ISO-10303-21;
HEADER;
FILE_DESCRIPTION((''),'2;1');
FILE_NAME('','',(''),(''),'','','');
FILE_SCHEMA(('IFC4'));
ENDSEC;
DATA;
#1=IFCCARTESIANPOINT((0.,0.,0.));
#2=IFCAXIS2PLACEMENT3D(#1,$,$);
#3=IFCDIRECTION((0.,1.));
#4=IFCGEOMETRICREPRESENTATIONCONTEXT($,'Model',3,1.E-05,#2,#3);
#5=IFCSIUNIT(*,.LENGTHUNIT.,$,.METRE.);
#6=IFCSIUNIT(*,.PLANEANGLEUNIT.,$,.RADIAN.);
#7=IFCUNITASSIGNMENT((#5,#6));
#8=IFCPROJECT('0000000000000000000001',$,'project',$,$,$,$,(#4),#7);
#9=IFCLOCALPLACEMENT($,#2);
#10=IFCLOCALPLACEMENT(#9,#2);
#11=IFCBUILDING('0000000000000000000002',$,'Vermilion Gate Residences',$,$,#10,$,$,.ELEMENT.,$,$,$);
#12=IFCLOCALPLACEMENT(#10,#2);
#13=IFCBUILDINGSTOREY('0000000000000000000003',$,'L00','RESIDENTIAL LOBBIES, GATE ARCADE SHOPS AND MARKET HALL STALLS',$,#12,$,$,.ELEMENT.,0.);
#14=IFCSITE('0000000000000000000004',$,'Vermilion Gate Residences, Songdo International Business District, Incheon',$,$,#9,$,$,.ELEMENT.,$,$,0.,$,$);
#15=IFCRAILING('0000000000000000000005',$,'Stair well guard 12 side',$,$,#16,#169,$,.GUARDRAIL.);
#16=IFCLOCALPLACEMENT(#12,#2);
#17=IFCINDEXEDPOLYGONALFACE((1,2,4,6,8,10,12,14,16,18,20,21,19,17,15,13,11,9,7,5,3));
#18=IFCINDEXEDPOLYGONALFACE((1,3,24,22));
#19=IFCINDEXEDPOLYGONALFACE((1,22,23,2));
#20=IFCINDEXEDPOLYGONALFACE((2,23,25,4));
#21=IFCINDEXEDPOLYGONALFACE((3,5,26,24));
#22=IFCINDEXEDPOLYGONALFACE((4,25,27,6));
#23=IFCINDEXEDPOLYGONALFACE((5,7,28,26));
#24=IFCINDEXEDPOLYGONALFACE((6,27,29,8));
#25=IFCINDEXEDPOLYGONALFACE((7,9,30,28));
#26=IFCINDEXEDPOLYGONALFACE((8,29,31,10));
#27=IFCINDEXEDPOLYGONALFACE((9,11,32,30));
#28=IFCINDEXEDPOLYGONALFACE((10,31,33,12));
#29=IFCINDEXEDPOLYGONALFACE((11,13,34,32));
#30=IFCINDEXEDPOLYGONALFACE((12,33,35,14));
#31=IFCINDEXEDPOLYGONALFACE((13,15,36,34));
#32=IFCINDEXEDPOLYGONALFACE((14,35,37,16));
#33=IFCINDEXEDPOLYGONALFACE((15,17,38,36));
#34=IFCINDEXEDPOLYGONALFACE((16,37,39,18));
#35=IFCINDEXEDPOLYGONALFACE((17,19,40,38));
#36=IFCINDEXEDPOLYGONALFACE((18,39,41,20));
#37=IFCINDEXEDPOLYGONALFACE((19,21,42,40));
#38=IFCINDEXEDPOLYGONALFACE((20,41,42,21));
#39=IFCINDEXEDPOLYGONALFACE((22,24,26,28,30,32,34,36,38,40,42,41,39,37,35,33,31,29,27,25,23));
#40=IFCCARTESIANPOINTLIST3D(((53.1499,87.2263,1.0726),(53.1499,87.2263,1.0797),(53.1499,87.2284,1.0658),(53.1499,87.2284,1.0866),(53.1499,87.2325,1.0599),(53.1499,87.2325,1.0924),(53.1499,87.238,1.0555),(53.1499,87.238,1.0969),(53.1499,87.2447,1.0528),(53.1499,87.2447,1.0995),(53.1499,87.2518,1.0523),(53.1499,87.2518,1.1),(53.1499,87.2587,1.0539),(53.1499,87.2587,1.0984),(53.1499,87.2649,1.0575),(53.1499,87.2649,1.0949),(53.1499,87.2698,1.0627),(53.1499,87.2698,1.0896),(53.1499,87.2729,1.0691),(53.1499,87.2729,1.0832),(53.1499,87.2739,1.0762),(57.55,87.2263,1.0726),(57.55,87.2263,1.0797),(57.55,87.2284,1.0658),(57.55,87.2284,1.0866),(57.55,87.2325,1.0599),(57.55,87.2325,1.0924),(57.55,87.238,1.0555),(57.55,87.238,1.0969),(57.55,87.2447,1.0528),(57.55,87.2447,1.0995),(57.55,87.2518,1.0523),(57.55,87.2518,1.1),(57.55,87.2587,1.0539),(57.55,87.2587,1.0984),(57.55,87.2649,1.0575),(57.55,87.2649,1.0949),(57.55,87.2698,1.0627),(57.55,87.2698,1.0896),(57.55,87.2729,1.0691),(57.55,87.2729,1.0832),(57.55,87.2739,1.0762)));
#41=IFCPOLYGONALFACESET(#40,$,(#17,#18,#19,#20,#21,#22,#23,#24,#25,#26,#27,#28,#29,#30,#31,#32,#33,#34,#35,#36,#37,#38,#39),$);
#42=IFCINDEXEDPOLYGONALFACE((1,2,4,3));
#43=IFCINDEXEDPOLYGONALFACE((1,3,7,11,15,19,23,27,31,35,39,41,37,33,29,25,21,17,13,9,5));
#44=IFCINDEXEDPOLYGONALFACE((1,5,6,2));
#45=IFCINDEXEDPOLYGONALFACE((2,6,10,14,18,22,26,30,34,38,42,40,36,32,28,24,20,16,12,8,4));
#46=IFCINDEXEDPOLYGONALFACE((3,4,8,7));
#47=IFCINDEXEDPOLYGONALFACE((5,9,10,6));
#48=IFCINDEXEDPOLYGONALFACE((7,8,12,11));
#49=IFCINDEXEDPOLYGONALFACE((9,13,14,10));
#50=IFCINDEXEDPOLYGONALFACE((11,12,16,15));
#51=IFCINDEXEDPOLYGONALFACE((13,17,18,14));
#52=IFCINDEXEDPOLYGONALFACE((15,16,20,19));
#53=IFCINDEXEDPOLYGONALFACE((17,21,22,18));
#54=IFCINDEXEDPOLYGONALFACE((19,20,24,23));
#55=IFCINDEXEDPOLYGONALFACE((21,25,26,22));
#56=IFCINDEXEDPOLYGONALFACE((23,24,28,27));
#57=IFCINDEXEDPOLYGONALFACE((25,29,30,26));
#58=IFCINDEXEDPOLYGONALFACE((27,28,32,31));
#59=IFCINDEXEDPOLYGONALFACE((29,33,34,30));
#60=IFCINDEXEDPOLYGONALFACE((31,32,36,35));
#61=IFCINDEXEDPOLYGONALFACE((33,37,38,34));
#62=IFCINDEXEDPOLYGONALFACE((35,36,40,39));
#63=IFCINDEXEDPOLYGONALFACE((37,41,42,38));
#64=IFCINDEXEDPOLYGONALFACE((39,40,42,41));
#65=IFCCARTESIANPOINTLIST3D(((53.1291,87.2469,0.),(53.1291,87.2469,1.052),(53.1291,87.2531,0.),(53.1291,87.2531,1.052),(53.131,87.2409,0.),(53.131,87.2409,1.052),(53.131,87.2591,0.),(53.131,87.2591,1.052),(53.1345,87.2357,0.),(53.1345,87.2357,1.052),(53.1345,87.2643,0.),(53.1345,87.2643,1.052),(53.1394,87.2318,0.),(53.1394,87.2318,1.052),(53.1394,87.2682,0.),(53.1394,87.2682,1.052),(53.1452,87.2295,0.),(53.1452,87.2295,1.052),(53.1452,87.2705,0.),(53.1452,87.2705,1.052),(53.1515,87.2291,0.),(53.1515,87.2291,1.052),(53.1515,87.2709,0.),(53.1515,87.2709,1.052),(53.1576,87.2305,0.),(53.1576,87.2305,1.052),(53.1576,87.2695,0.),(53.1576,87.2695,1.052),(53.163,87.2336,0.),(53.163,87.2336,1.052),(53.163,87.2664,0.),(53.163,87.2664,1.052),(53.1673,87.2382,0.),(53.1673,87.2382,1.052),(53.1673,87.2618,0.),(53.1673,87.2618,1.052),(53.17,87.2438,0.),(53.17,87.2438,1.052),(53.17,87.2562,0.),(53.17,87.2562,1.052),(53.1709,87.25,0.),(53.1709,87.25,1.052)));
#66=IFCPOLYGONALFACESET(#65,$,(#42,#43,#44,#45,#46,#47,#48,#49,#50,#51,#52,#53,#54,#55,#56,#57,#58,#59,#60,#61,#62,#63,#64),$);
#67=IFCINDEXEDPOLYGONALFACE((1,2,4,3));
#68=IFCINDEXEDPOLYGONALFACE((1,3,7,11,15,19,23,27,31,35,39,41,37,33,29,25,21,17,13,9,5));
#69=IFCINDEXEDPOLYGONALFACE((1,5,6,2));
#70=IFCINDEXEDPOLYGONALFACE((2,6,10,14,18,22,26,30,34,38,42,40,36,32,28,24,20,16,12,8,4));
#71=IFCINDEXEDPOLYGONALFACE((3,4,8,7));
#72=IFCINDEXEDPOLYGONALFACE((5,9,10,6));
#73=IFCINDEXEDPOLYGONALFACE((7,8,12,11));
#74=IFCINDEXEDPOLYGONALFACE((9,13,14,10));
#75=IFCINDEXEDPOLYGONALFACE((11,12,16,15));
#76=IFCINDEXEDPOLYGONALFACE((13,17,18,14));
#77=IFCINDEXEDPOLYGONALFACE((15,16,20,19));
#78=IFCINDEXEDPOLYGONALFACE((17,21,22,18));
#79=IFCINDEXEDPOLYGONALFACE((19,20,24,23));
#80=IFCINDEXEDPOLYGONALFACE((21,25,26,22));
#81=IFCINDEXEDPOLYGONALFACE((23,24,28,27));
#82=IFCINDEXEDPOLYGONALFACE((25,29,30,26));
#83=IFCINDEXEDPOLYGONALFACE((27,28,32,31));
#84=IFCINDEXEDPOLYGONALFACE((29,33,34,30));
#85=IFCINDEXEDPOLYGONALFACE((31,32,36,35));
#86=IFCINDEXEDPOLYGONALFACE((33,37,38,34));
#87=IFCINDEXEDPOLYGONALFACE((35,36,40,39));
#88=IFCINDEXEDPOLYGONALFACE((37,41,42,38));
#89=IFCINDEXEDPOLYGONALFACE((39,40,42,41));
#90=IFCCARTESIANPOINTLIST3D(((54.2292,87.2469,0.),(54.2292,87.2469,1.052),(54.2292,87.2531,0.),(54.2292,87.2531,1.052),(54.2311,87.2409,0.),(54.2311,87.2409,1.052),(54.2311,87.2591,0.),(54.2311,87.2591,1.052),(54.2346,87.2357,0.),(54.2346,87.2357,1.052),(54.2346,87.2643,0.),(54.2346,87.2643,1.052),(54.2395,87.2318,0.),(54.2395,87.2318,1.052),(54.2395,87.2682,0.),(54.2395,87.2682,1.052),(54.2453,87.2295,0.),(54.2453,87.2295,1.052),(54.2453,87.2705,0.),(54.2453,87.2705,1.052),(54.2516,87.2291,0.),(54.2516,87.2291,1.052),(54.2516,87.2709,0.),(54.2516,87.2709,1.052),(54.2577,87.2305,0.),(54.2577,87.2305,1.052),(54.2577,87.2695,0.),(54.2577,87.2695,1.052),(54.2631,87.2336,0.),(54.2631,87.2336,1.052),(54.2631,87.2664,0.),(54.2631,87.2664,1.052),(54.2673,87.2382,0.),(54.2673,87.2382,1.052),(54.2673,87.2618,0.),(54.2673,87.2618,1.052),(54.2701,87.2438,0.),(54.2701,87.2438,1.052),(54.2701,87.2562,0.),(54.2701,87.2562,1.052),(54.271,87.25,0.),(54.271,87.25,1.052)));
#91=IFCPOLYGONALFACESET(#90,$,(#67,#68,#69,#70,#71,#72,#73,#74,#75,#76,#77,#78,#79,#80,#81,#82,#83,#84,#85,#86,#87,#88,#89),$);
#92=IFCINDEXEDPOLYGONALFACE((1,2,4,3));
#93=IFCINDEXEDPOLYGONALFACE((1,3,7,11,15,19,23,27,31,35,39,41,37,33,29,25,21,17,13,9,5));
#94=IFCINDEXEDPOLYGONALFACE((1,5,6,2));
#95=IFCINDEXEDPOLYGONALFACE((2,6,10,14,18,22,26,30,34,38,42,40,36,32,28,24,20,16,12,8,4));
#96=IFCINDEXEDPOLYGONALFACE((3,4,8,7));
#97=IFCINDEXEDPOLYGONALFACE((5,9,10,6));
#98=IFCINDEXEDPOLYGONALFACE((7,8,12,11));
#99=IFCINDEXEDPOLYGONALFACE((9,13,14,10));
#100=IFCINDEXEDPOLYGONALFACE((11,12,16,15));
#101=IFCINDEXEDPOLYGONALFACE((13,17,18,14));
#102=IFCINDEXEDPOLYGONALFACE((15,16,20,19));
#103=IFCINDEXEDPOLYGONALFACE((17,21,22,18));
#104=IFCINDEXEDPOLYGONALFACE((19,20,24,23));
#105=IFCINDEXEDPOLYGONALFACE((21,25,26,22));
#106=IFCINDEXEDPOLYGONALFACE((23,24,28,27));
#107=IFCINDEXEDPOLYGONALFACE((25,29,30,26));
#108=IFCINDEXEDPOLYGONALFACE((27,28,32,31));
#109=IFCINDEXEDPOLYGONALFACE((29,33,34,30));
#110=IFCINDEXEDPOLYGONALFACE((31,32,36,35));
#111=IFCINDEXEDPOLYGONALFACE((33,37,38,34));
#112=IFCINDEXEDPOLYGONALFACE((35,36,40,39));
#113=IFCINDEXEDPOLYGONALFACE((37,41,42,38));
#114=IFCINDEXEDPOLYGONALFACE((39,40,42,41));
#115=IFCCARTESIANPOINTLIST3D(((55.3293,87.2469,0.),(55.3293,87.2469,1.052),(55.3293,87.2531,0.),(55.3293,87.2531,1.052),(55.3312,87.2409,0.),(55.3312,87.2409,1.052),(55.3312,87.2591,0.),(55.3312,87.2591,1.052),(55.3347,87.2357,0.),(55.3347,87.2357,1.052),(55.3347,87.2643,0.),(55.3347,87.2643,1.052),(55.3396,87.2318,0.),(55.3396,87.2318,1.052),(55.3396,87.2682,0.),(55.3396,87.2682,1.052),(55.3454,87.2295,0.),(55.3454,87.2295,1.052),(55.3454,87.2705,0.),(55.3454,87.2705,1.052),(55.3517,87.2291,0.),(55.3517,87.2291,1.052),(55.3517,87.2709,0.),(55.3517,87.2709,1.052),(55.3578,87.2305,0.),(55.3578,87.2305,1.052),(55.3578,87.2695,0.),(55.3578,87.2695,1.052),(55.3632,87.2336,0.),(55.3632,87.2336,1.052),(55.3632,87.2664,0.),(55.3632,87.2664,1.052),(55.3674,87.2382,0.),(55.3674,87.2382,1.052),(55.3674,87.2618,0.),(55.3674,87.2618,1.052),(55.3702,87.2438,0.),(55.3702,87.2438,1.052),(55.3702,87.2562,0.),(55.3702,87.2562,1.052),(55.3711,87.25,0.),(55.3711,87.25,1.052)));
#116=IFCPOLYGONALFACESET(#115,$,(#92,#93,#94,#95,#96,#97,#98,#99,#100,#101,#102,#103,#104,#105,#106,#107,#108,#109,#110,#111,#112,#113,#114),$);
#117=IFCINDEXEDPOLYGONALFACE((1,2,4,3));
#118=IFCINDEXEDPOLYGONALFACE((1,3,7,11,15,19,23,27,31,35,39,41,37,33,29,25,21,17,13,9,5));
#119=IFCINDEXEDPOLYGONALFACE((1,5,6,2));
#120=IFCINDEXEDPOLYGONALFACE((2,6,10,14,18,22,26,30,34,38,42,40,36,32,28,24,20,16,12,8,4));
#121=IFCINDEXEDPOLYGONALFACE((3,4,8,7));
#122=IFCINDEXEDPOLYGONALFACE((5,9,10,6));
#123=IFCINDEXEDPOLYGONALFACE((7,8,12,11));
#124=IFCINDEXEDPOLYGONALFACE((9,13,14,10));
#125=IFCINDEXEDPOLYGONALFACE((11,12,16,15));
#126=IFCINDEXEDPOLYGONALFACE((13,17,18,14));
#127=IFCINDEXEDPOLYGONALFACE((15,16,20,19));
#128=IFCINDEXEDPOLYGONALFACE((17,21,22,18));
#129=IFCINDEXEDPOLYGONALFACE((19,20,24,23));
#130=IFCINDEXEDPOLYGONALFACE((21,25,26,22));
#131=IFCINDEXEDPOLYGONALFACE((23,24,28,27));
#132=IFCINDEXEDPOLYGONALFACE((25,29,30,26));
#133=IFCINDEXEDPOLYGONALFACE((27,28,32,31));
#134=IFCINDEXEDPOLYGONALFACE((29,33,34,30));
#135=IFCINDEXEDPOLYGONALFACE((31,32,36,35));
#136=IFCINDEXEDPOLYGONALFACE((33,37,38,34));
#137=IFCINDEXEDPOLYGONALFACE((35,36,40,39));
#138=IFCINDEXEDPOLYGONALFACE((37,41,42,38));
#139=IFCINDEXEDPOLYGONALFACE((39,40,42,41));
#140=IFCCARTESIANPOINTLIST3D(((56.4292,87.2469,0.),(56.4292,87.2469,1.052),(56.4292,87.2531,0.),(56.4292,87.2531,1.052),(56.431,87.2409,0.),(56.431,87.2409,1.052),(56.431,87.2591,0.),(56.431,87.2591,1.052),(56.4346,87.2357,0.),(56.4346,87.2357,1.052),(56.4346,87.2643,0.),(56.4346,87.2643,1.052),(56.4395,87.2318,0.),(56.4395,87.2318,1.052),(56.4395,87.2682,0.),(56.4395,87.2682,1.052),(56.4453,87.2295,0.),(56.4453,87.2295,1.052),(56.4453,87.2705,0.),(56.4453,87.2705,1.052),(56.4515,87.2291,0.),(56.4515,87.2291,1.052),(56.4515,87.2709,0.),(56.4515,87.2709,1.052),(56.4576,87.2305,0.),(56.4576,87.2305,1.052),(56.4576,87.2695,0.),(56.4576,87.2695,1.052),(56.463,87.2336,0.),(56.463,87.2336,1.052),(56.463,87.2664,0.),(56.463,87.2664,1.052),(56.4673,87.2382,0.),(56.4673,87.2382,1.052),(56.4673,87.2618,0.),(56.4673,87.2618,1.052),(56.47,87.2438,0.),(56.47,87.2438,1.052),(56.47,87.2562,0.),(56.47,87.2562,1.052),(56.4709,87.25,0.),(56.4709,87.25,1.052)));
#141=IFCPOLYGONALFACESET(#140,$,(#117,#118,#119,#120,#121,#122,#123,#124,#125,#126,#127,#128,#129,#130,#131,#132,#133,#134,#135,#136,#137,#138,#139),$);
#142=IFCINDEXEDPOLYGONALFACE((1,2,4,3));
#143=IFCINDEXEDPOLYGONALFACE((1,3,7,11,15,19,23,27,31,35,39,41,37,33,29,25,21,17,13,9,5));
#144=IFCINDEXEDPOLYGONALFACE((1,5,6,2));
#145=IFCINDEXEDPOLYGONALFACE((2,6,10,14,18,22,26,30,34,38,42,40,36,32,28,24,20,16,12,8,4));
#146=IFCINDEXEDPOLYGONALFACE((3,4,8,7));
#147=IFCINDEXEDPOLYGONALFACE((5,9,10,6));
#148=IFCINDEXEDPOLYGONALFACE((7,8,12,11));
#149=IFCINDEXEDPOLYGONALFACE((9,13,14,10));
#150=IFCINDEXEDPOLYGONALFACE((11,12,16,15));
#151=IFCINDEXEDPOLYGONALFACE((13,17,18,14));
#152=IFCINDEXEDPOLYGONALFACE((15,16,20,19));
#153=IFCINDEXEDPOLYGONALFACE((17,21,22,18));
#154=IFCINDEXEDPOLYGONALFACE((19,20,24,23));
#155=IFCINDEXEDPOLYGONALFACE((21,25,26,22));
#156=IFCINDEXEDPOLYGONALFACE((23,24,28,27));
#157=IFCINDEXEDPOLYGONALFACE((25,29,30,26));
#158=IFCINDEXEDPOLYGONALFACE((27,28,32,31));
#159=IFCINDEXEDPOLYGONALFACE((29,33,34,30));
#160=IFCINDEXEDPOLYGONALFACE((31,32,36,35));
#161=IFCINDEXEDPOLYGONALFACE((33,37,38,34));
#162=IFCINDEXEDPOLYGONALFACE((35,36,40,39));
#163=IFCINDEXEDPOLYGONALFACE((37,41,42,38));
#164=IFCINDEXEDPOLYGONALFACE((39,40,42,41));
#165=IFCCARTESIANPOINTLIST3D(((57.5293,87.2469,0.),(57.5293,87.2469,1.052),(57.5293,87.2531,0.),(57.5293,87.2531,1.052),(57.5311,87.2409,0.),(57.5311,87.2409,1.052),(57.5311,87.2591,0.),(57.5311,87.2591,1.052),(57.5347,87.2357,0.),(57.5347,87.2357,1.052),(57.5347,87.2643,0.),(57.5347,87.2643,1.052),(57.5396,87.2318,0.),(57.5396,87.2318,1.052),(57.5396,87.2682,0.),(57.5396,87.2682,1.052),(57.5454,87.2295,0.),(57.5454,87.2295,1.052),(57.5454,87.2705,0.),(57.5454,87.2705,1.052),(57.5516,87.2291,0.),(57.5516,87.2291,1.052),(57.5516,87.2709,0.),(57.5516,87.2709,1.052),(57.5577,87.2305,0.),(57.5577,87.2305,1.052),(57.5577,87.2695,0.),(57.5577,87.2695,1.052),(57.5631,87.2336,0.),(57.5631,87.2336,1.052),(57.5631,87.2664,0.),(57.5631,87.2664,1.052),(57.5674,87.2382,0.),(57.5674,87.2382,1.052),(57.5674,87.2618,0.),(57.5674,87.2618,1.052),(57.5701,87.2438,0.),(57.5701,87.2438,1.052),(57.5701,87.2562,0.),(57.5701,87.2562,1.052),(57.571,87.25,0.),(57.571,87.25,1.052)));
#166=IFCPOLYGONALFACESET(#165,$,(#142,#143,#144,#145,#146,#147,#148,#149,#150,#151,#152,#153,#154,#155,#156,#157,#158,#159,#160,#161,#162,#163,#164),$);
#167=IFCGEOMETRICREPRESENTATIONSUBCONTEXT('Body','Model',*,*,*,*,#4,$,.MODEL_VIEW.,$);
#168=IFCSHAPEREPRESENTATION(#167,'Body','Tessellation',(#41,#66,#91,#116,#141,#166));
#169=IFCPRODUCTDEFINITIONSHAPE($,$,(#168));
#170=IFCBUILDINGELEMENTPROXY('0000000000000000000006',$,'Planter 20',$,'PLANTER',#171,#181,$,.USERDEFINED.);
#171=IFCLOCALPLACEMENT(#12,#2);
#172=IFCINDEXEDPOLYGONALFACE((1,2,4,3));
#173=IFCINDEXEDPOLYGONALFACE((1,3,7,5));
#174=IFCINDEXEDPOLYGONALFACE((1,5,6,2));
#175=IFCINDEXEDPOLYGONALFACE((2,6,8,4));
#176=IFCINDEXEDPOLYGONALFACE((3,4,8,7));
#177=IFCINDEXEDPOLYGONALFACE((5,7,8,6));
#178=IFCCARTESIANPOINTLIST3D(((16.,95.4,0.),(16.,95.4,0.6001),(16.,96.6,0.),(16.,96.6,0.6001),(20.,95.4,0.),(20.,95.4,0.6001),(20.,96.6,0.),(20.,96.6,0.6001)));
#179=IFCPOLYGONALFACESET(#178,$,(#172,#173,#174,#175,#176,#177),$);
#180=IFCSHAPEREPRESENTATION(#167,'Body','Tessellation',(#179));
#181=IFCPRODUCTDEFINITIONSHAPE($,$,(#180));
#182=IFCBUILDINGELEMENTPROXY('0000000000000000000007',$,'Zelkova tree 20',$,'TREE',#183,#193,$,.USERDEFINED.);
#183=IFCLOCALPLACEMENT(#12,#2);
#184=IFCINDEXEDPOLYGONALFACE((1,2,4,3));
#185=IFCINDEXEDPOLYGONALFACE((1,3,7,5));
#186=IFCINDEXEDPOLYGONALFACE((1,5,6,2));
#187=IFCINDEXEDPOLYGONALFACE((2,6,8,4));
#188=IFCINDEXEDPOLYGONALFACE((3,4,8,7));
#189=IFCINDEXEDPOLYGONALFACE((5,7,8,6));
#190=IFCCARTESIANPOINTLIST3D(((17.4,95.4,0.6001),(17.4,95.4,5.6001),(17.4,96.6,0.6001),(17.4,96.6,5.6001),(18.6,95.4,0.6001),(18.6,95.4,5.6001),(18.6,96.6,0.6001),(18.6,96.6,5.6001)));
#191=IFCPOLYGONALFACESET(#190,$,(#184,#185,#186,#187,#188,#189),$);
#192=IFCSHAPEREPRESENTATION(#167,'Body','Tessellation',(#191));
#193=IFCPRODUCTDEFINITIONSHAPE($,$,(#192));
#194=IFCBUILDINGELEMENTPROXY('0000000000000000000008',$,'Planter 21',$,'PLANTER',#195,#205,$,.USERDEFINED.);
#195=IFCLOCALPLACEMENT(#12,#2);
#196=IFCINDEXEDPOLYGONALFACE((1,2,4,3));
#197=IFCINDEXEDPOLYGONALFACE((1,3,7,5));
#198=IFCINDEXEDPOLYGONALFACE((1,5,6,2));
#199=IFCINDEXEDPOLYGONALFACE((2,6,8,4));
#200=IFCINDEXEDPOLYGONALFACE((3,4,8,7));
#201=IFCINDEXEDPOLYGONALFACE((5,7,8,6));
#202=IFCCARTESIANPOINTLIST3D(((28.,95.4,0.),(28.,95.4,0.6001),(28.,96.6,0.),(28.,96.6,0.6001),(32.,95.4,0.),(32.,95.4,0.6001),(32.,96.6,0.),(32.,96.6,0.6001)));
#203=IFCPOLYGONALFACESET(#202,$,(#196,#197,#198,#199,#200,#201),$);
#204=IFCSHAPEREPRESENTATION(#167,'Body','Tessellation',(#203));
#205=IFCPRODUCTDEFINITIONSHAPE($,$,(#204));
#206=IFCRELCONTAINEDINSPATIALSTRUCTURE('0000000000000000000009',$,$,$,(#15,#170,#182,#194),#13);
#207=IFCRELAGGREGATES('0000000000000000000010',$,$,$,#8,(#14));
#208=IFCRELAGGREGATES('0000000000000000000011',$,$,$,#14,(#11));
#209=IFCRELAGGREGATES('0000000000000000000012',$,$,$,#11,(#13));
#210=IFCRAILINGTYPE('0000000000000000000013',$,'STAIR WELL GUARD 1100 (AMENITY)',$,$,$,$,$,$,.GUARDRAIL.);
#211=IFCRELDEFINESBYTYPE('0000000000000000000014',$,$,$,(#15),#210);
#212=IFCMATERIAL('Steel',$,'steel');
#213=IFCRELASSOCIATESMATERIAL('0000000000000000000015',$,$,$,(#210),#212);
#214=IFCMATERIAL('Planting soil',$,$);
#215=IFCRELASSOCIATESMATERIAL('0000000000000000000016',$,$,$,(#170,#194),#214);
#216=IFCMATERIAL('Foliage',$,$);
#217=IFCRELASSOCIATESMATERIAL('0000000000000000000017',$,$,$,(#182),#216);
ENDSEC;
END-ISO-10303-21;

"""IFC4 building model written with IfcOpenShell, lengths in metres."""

from ifc_helpers import new_model, si_unit, direction, frame, origin, origin_2d, place, context, subcontext, project, spatial, rectangle, circle, extrude, material, type_object, element, save


model = new_model("IFC4")

# Units and contexts
model_context = context("Model", 3, precision=1e-05, world=origin(), true_north=direction((0.0, 1.0)))
body_context = subcontext(model_context, "Body", "Model", "MODEL_VIEW")
ifc_project = project(units=[si_unit("LENGTHUNIT", "METRE"), si_unit("PLANEANGLEUNIT", "RADIAN")], contexts=[model_context])

# Site, building, storey
site_placement = place(None, origin())
site = spatial("IfcSite", under=ifc_project, at=site_placement, Name="Vermilion Gate Residences, Songdo International Business District, Incheon", CompositionType="ELEMENT", RefElevation=0.0)
building_placement = place(site_placement, origin())
building = spatial("IfcBuilding", under=site, at=building_placement, Name="Vermilion Gate Residences", CompositionType="ELEMENT")
storey_placement = place(building_placement, origin())
storey = spatial("IfcBuildingStorey", under=building, at=storey_placement, Name="L00", Description="RESIDENTIAL LOBBIES, GATE ARCADE SHOPS AND MARKET HALL STALLS", CompositionType="ELEMENT", Elevation=0.0)

# Railing
ifc_material_1 = material(Name="Steel", Category="steel")
railing_type = type_object("IfcRailingType", Name="STAIR WELL GUARD 1100 (AMENITY)", PredefinedType="GUARDRAIL", material=ifc_material_1)
railing_1_placement = place(storey_placement, frame((53.1499, 87.25, 0.0)))
element("IfcRailing", 1, at=railing_1_placement, inside=storey, type_object=railing_type, Name="Stair well guard 12 side", PredefinedType="GUARDRAIL", context=body_context, shape_type="SweptSolid", body=[
    extrude(circle(Radius=0.0239, at=origin_2d()), frame((0.0, 0.0, 1.0762), z_axis=(1.0, 0.0, 0.0), x_axis=(0.0, 1.0, 0.0)), (0.0, 0.0, 1.0), 4.4001),
    extrude(circle(Radius=0.021, at=origin_2d()), origin(), (0.0, 0.0, 1.0), 1.052),
    extrude(circle(Radius=0.021, at=origin_2d()), frame((1.1001, 0.0, 0.0)), (0.0, 0.0, 1.0), 1.052),
    extrude(circle(Radius=0.021, at=origin_2d()), frame((2.2002, 0.0, 0.0)), (0.0, 0.0, 1.0), 1.052),
    extrude(circle(Radius=0.021, at=origin_2d()), frame((3.3, 0.0, 0.0)), (0.0, 0.0, 1.0), 1.052),
    extrude(circle(Radius=0.021, at=origin_2d()), frame((4.4001, 0.0, 0.0)), (0.0, 0.0, 1.0), 1.052),
])

# Building element proxies
ifc_material_2 = material(Name="Planting soil")
proxy_1_placement = place(storey_placement, frame((18.0, 96.0, 0.0), z_axis=(0.0, 0.0, 1.0), x_axis=(1.0, 0.0, 0.0)))
element("IfcBuildingElementProxy", 2, at=proxy_1_placement, inside=storey, material=ifc_material_2, Name="Planter 20", ObjectType="PLANTER", PredefinedType="USERDEFINED", context=body_context, shape_type="SweptSolid", body=[
    extrude(rectangle(XDim=4.0, YDim=1.2, at=origin_2d()), origin(), (0.0, 0.0, 1.0), 0.6001),
])
ifc_material_3 = material(Name="Foliage")
proxy_2_placement = place(storey_placement, frame((18.0, 96.0, 0.6001), z_axis=(0.0, 0.0, 1.0), x_axis=(1.0, 0.0, 0.0)))
element("IfcBuildingElementProxy", 3, at=proxy_2_placement, inside=storey, material=ifc_material_3, Name="Zelkova tree 20", ObjectType="TREE", PredefinedType="USERDEFINED", context=body_context, shape_type="SweptSolid", body=[
    extrude(rectangle(XDim=1.2, YDim=1.2, at=origin_2d()), origin(), (0.0, 0.0, 1.0), 5.0),
])
proxy_3_placement = place(storey_placement, frame((30.0, 96.0, 0.0), z_axis=(0.0, 0.0, 1.0), x_axis=(1.0, 0.0, 0.0)))
element("IfcBuildingElementProxy", 4, at=proxy_3_placement, inside=storey, material=ifc_material_2, Name="Planter 21", ObjectType="PLANTER", PredefinedType="USERDEFINED", context=body_context, shape_type="SweptSolid", body=[
    extrude(rectangle(XDim=4.0, YDim=1.2, at=origin_2d()), origin(), (0.0, 0.0, 1.0), 0.6001),
])

save(model, "model.ifc")
